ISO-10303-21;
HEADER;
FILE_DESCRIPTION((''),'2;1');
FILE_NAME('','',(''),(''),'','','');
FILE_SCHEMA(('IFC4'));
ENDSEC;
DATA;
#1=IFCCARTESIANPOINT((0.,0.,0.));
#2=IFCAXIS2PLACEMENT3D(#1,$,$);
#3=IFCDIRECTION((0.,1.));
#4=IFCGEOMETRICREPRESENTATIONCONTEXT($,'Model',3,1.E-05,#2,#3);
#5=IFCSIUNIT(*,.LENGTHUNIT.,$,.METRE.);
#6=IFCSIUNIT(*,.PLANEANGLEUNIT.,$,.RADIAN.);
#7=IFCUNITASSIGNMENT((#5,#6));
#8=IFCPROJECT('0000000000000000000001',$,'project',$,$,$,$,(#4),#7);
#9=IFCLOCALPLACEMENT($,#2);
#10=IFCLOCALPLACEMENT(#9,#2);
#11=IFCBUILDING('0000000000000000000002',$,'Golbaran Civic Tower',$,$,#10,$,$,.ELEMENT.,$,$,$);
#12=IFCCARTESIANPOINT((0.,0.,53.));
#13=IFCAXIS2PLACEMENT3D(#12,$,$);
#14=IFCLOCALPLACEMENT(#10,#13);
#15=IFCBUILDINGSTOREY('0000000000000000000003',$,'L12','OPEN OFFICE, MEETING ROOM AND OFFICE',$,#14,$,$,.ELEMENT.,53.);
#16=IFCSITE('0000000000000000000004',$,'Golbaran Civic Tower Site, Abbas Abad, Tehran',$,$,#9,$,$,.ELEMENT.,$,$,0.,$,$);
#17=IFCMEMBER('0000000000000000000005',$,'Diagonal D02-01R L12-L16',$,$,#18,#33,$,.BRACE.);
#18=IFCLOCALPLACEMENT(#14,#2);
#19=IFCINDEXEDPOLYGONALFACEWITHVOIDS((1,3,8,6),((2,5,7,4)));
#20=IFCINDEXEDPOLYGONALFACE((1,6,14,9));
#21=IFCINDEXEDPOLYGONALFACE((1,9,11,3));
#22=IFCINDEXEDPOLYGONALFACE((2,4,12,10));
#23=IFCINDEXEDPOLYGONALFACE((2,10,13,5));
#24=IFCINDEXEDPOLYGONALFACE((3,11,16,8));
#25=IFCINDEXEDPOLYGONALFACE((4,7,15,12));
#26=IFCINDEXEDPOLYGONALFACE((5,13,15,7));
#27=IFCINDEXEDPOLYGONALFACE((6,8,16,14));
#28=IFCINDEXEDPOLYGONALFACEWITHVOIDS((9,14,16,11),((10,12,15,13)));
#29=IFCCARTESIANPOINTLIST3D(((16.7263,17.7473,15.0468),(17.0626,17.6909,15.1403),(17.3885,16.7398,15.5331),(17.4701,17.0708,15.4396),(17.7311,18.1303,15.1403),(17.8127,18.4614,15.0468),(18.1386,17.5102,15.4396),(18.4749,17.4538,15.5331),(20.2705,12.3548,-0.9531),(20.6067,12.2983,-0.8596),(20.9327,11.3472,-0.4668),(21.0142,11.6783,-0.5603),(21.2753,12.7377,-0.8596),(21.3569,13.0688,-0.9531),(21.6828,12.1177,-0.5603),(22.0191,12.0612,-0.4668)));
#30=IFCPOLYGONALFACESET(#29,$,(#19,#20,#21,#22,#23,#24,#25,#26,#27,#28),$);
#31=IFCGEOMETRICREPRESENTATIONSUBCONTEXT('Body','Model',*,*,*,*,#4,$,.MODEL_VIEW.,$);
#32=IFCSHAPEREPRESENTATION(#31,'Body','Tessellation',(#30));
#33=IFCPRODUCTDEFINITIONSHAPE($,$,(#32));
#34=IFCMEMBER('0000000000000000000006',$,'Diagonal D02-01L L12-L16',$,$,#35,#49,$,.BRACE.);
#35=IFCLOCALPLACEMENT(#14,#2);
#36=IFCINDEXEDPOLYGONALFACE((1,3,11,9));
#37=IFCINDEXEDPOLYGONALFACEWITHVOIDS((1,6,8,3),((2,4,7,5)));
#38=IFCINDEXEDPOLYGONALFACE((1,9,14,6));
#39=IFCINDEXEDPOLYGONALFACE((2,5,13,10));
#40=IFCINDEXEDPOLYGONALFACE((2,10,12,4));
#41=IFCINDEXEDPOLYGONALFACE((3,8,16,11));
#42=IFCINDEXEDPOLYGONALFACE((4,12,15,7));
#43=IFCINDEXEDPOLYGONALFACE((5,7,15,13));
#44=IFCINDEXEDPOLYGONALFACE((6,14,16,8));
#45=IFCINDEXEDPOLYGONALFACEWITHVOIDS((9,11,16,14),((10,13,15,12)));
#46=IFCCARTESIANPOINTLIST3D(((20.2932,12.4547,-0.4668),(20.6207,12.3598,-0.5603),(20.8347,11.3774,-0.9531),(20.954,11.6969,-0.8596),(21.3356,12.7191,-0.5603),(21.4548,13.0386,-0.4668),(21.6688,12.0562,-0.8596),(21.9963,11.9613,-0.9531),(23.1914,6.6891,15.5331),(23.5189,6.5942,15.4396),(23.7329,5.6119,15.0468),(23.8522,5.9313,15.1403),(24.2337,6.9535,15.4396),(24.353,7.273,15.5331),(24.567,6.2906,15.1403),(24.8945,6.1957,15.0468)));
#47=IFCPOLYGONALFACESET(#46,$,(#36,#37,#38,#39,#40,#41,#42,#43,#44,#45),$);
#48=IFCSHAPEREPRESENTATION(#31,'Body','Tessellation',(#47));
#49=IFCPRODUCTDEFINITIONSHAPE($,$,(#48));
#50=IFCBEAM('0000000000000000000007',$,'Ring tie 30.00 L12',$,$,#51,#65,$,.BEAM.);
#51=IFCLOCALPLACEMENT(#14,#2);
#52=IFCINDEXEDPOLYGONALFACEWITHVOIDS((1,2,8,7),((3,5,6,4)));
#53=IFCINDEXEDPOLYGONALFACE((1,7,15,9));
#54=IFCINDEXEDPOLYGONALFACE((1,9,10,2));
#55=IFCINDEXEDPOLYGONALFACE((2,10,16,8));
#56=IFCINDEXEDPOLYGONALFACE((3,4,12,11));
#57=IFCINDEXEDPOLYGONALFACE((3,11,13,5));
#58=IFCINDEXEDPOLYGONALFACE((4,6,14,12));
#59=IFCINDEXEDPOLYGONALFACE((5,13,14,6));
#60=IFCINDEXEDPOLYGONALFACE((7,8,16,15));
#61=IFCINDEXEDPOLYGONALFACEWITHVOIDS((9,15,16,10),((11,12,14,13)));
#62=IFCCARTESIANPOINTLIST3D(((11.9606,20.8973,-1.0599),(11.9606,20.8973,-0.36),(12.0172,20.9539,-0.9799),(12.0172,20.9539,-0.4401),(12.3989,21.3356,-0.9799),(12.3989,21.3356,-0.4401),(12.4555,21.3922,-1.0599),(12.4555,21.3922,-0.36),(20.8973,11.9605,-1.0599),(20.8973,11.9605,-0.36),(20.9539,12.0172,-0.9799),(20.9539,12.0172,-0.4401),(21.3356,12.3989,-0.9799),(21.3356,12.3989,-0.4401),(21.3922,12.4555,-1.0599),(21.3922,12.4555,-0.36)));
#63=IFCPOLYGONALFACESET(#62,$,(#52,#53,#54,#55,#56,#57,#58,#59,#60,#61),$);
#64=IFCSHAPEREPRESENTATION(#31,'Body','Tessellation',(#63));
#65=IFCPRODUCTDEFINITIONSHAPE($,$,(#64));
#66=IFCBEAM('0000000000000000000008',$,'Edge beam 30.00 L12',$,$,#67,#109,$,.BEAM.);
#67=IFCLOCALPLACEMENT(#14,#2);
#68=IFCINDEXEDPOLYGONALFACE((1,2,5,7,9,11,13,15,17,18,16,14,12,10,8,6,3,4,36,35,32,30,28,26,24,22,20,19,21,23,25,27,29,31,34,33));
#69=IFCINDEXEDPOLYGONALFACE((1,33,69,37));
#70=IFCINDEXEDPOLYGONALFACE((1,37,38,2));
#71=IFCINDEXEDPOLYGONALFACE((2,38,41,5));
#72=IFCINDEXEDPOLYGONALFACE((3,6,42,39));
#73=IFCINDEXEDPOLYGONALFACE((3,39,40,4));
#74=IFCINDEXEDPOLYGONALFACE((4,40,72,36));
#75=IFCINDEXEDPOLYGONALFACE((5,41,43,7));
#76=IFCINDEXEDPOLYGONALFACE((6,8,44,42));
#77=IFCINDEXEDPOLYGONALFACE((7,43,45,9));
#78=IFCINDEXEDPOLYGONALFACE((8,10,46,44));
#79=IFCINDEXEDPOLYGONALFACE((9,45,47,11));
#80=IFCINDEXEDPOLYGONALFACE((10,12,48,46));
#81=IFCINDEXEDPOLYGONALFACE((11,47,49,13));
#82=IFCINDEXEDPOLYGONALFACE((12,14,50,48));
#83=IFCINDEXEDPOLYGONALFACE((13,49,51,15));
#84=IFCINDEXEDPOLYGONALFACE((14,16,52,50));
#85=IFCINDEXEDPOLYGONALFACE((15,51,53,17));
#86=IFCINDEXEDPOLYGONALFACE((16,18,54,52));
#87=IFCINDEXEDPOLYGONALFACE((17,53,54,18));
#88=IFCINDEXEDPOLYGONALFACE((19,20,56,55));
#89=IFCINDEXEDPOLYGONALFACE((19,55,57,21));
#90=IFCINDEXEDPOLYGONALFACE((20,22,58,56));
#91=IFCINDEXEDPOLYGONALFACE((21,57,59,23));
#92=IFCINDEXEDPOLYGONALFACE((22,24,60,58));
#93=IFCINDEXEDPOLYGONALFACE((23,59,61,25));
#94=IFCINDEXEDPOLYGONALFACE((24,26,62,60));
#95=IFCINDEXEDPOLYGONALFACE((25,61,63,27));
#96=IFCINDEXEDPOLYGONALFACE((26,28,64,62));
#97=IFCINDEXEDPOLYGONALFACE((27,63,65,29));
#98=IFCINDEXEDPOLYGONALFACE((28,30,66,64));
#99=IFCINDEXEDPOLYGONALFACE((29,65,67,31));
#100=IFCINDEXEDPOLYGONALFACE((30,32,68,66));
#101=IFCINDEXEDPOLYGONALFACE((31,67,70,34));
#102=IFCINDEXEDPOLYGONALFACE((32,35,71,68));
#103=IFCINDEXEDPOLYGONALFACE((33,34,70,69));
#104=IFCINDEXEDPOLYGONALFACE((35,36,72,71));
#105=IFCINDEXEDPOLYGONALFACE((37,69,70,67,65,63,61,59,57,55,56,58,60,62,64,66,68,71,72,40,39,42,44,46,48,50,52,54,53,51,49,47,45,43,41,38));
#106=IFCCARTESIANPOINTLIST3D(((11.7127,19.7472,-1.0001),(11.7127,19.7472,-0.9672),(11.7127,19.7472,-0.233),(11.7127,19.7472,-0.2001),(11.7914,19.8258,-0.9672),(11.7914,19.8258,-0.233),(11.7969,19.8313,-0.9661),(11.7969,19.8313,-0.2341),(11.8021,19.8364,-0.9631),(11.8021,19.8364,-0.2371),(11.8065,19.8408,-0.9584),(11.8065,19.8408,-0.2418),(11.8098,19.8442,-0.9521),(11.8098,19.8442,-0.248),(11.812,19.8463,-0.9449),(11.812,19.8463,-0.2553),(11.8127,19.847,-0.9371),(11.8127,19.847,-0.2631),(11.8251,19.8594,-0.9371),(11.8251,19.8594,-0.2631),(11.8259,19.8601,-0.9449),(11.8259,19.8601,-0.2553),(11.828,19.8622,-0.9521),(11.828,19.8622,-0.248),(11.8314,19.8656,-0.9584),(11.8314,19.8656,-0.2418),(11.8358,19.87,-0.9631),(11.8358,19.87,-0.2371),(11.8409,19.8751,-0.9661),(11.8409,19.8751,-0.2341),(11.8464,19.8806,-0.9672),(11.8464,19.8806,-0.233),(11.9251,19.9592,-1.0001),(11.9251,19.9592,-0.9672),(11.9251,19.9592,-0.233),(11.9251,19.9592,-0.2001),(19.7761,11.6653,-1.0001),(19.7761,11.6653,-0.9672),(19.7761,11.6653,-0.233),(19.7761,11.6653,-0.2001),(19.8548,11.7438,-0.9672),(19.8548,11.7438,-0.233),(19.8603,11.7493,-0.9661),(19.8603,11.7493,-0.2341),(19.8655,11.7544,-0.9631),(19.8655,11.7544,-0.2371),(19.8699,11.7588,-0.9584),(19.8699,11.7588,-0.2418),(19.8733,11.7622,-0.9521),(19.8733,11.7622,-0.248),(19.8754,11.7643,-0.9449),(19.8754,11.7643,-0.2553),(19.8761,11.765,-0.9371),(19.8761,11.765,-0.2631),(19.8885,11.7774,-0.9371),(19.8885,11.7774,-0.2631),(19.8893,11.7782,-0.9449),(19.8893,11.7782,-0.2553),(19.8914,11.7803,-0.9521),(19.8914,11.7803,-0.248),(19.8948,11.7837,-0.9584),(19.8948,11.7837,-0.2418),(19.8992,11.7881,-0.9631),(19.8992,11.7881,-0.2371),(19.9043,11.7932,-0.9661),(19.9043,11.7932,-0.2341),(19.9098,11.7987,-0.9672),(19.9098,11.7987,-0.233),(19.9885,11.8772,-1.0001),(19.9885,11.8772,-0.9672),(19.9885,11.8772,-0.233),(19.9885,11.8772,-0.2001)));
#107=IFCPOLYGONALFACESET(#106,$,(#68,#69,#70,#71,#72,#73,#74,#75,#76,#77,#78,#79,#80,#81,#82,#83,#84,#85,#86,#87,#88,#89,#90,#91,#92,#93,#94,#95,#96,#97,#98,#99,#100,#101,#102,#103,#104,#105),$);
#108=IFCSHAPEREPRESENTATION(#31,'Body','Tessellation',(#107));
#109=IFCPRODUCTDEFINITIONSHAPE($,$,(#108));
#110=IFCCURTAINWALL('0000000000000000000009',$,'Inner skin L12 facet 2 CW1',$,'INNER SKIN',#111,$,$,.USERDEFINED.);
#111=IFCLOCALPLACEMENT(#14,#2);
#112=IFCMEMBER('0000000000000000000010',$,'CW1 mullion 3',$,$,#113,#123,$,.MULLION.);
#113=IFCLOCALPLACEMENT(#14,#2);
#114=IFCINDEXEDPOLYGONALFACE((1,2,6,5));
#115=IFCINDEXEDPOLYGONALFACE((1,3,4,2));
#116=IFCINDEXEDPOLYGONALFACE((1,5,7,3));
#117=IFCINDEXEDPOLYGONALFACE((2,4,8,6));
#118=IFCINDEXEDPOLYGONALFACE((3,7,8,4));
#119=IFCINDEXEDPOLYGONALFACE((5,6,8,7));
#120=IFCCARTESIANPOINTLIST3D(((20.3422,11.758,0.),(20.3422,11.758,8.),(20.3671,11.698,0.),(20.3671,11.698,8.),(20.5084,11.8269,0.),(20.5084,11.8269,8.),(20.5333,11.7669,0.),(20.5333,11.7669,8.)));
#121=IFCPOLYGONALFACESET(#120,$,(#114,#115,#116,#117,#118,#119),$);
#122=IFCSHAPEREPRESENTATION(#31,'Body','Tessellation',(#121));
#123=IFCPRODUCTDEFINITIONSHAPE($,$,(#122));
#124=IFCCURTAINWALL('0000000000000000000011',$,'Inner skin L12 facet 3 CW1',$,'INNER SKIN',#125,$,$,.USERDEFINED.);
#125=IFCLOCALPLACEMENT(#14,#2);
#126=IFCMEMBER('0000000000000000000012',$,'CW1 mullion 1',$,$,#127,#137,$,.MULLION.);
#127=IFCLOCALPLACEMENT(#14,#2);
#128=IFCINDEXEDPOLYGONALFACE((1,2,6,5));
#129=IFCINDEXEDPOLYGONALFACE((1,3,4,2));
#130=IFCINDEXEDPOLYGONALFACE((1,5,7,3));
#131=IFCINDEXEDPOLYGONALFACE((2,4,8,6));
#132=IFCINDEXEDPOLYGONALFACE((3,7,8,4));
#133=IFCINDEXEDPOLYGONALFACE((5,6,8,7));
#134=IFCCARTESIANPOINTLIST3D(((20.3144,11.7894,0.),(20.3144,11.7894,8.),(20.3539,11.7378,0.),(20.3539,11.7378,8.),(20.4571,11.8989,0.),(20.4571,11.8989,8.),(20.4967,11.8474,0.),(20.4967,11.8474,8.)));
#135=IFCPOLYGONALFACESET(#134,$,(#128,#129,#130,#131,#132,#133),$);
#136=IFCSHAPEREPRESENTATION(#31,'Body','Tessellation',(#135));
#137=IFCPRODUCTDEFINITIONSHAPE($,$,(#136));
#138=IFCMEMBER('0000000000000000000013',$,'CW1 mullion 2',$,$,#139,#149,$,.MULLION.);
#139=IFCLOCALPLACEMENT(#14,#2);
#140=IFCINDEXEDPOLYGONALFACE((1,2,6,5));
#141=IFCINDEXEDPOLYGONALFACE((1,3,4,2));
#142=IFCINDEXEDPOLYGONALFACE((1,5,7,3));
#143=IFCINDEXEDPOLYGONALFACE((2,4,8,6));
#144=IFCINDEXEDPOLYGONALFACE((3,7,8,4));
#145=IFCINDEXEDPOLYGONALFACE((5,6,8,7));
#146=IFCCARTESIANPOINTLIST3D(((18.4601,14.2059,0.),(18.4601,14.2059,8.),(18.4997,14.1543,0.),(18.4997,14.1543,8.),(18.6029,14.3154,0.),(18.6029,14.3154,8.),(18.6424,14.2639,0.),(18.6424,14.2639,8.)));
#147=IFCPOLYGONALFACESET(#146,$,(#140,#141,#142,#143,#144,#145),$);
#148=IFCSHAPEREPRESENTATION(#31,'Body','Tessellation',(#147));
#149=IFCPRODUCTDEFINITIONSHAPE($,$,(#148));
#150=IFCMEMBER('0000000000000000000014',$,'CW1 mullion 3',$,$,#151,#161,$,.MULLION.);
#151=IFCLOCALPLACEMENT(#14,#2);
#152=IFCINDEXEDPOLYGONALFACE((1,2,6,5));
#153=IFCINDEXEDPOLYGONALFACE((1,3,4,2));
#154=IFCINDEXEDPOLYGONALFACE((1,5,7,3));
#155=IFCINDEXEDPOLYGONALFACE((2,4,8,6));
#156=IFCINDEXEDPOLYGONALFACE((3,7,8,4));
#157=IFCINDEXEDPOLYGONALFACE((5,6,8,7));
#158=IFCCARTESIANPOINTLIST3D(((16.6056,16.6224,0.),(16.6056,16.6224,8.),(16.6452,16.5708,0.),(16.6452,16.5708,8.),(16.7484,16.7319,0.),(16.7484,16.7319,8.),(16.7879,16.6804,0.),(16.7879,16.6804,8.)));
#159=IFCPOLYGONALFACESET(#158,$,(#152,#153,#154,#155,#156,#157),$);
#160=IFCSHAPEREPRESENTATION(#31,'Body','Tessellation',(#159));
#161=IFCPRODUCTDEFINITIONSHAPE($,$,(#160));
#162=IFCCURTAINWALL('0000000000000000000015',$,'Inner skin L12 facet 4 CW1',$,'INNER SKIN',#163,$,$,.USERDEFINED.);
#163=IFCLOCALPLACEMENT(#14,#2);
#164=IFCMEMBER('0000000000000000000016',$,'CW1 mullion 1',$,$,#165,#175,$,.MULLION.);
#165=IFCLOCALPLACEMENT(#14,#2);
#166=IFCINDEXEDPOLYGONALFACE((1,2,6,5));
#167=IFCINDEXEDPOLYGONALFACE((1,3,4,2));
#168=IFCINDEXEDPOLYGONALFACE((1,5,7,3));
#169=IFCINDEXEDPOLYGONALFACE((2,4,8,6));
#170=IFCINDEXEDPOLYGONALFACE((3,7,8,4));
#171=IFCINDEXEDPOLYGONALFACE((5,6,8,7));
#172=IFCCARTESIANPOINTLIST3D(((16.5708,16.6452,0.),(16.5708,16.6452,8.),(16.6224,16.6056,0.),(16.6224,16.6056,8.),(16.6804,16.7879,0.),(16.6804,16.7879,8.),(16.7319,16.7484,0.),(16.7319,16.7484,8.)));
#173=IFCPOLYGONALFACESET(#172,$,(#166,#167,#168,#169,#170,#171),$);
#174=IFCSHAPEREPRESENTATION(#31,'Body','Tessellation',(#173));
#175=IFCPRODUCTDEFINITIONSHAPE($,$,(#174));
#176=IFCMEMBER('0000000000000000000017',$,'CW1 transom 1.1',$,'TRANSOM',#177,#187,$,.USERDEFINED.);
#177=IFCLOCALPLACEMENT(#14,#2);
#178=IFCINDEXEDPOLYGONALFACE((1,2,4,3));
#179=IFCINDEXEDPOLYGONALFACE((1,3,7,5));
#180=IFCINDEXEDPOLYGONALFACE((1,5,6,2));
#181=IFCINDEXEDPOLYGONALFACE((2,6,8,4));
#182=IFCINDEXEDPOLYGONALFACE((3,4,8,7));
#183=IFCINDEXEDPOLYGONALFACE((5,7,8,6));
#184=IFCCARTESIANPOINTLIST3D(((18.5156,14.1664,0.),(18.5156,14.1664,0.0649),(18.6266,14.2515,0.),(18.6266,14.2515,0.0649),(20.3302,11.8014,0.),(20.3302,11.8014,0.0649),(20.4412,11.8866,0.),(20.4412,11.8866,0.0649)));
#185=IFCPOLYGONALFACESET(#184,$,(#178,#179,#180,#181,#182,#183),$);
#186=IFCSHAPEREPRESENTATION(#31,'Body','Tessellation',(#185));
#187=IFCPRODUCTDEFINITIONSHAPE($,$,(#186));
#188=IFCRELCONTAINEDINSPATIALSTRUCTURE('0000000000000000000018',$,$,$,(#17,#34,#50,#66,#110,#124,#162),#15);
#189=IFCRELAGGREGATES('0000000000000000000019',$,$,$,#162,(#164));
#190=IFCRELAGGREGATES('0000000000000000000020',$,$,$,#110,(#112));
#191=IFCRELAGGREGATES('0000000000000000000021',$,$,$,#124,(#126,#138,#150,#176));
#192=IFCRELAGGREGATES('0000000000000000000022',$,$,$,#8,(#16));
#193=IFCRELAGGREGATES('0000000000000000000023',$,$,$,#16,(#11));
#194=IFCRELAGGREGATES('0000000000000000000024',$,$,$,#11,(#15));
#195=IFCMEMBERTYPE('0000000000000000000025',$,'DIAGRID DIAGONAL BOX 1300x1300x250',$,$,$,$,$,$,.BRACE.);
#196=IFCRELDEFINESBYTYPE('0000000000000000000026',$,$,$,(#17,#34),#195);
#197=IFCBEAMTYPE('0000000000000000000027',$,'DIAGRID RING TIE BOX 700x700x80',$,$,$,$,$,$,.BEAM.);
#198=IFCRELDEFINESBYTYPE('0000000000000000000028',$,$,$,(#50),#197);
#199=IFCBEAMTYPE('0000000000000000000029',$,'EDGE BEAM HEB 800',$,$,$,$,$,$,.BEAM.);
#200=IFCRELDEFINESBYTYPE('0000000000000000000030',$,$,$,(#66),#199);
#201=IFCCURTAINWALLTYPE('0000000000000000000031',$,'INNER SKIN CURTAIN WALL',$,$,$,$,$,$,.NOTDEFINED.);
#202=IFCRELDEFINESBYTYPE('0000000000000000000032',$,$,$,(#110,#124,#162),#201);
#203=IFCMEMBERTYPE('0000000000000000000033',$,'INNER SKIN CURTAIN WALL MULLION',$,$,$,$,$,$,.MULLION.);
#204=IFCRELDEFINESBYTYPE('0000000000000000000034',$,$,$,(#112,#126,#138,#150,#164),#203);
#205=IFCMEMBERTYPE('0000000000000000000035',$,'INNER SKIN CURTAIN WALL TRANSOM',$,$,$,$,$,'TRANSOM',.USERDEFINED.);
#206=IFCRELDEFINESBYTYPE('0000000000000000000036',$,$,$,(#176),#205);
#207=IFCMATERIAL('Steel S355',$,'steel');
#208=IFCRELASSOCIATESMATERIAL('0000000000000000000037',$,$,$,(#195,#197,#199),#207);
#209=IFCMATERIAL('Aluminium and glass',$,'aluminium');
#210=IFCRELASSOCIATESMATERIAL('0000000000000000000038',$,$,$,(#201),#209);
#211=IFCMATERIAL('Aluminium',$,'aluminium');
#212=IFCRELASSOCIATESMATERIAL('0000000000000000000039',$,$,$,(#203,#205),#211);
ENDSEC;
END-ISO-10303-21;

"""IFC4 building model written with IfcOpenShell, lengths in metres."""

from ifc_helpers import new_model, si_unit, direction, frame, origin, origin_2d, place, context, subcontext, project, spatial, rectangle, hollow_rectangle, i_section, extrude, material, material_profile, profile_set, type_object, element, aggregate, save


model = new_model("IFC4")

# Units and contexts
model_context = context("Model", 3, precision=1e-05, world=origin(), true_north=direction((0.0, 1.0)))
body_context = subcontext(model_context, "Body", "Model", "MODEL_VIEW")
ifc_project = project(units=[si_unit("LENGTHUNIT", "METRE"), si_unit("PLANEANGLEUNIT", "RADIAN")], contexts=[model_context])

# Site, building, storey
site_placement = place(None, origin())
site = spatial("IfcSite", under=ifc_project, at=site_placement, Name="Golbaran Civic Tower Site, Abbas Abad, Tehran", CompositionType="ELEMENT", RefElevation=0.0)
building_placement = place(site_placement, origin())
building = spatial("IfcBuilding", under=site, at=building_placement, Name="Golbaran Civic Tower", CompositionType="ELEMENT")
storey_placement = place(building_placement, frame((0.0, 0.0, 53.0)))
storey = spatial("IfcBuildingStorey", under=building, at=storey_placement, Name="L12", Description="OPEN OFFICE, MEETING ROOM AND OFFICE", CompositionType="ELEMENT", Elevation=53.0)

# Members
ifc_material_1 = material(Name="Steel S355", Category="steel")
ifc_material_profile_1 = material_profile(ifc_material_1, hollow_rectangle(XDim=1.3, YDim=1.3, WallThickness=0.25, at=origin_2d()), Name="BOX 1300x1300x250")
ifc_profile_set_1 = profile_set([ifc_material_profile_1], Name="Steel S355")
member_type_1 = type_object("IfcMemberType", Name="DIAGRID DIAGONAL BOX 1300x1300x250", PredefinedType="BRACE", material=ifc_profile_set_1)
for number, where, z_axis, x_axis, name in (
    (1, (21.1448, 12.208, -0.71), (-0.205433, 0.312572, 0.927414), (-0.83567, -0.549231, 0.0), "Diagonal D02-01R L12-L16"),
    (2, (21.1448, 12.208, -0.71), (0.167989, -0.334195, 0.927412), (0.893472, 0.449119, 0.0), "Diagonal D02-01L L12-L16"),
):
    element("IfcMember", number, at=place(storey_placement, frame(where, z_axis=z_axis, x_axis=x_axis)), inside=storey, type_object=member_type_1, Name=name, PredefinedType="BRACE", context=body_context, shape_type="SweptSolid", body=[
        extrude(hollow_rectangle(XDim=1.3, YDim=1.3, WallThickness=0.25, at=origin_2d()), origin(), (0.0, 0.0, 1.0), 17.2522),
    ])

# Beams
ifc_material_profile_2 = material_profile(ifc_material_1, hollow_rectangle(XDim=0.7, YDim=0.7, WallThickness=0.0801, at=origin_2d()), Name="BOX 700x700x80")
ifc_profile_set_2 = profile_set([ifc_material_profile_2], Name="Steel S355")
beam_type_1 = type_object("IfcBeamType", Name="DIAGRID RING TIE BOX 700x700x80", PredefinedType="BEAM", material=ifc_profile_set_2)
beam_1_placement = place(storey_placement, frame((21.1448, 12.208, -0.71), z_axis=(-0.707107, 0.707107, 0.0), x_axis=(-0.707107, -0.707107, 0.0)))
element("IfcBeam", 3, at=beam_1_placement, inside=storey, type_object=beam_type_1, Name="Ring tie 30.00 L12", PredefinedType="BEAM", context=body_context, shape_type="SweptSolid", body=[
    extrude(hollow_rectangle(XDim=0.7, YDim=0.7, WallThickness=0.0801, at=origin_2d()), origin(), (0.0, 0.0, 1.0), 12.6384),
])
ifc_material_profile_3 = material_profile(ifc_material_1, i_section(OverallWidth=0.3, OverallDepth=0.8, WebThickness=0.0176, FlangeThickness=0.033, FilletRadius=0.03, at=origin_2d()), Name="HEB 800")
ifc_profile_set_3 = profile_set([ifc_material_profile_3], Name="Steel S355")
beam_type_2 = type_object("IfcBeamType", Name="EDGE BEAM HEB 800", PredefinedType="BEAM", material=ifc_profile_set_3)
beam_2_placement = place(storey_placement, frame((19.8823, 11.7712, -0.6001), z_axis=(-0.706294, 0.707919, 0.0), x_axis=(-0.707919, -0.706294, 0.0)))
element("IfcBeam", 4, at=beam_2_placement, inside=storey, type_object=beam_type_2, Name="Edge beam 30.00 L12", PredefinedType="BEAM", context=body_context, shape_type="SweptSolid", body=[
    extrude(i_section(OverallWidth=0.3, OverallDepth=0.8, WebThickness=0.0176, FlangeThickness=0.033, FilletRadius=0.03, at=origin_2d()), origin(), (0.0, 0.0, 1.0), 11.4165),
])

# Curtain wall, member
ifc_material_2 = material(Name="Aluminium and glass", Category="aluminium")
curtain_wall_type_1 = type_object("IfcCurtainWallType", Name="INNER SKIN CURTAIN WALL", PredefinedType="NOTDEFINED", material=ifc_material_2)
curtain_wall_1_placement = place(storey_placement, origin())
curtain_wall_1 = element("IfcCurtainWall", 5, at=curtain_wall_1_placement, inside=storey, type_object=curtain_wall_type_1, Name="Inner skin L12 facet 2 CW1", ObjectType="INNER SKIN", PredefinedType="USERDEFINED")
ifc_material_3 = material(Name="Aluminium", Category="aluminium")
ifc_material_profile_4 = material_profile(ifc_material_3, rectangle(XDim=0.1799, YDim=0.0649, at=origin_2d()), Name="INNER SKIN CURTAIN WALL MULLION")
ifc_profile_set_4 = profile_set([ifc_material_profile_4], Name="Aluminium")
member_type_2 = type_object("IfcMemberType", Name="INNER SKIN CURTAIN WALL MULLION", PredefinedType="MULLION", material=ifc_profile_set_4)
member_1_placement = place(storey_placement, frame((20.4377, 11.7625, 0.0), z_axis=(0.0, 0.0, 1.0), x_axis=(-0.92388, -0.382683, 0.0)))
member_1 = element("IfcMember", 6, at=member_1_placement, type_object=member_type_2, Name="CW1 mullion 3", PredefinedType="MULLION", context=body_context, shape_type="SweptSolid", body=[
    extrude(rectangle(XDim=0.1799, YDim=0.0649, at=origin_2d()), origin(), (0.0, 0.0, 1.0), 8.0),
])

# Curtain wall, members
curtain_wall_2_placement = place(storey_placement, origin())
curtain_wall_2 = element("IfcCurtainWall", 7, at=curtain_wall_2_placement, inside=storey, type_object=curtain_wall_type_1, Name="Inner skin L12 facet 3 CW1", ObjectType="INNER SKIN", PredefinedType="USERDEFINED")
member_2_placement = place(storey_placement, frame((20.4055, 11.8184, 0.0), z_axis=(0.0, 0.0, 1.0), x_axis=(-0.793353, -0.608761, 0.0)))
member_2 = element("IfcMember", 8, at=member_2_placement, type_object=member_type_2, Name="CW1 mullion 1", PredefinedType="MULLION", context=body_context, shape_type="SweptSolid", body=[
    extrude(rectangle(XDim=0.1799, YDim=0.0649, at=origin_2d()), origin(), (0.0, 0.0, 1.0), 8.0),
])
member_3_placement = place(storey_placement, frame((18.5513, 14.2349, 0.0), z_axis=(0.0, 0.0, 1.0), x_axis=(-0.793353, -0.608761, 0.0)))
member_3 = element("IfcMember", 9, at=member_3_placement, type_object=member_type_2, Name="CW1 mullion 2", PredefinedType="MULLION", context=body_context, shape_type="SweptSolid", body=[
    extrude(rectangle(XDim=0.1799, YDim=0.0649, at=origin_2d()), origin(), (0.0, 0.0, 1.0), 8.0),
])
member_4_placement = place(storey_placement, frame((16.6968, 16.6514, 0.0), z_axis=(0.0, 0.0, 1.0), x_axis=(-0.793353, -0.608761, 0.0)))
member_4 = element("IfcMember", 10, at=member_4_placement, type_object=member_type_2, Name="CW1 mullion 3", PredefinedType="MULLION", context=body_context, shape_type="SweptSolid", body=[
    extrude(rectangle(XDim=0.1799, YDim=0.0649, at=origin_2d()), origin(), (0.0, 0.0, 1.0), 8.0),
])

# Curtain wall, member
curtain_wall_3_placement = place(storey_placement, origin())
curtain_wall_3 = element("IfcCurtainWall", 11, at=curtain_wall_3_placement, inside=storey, type_object=curtain_wall_type_1, Name="Inner skin L12 facet 4 CW1", ObjectType="INNER SKIN", PredefinedType="USERDEFINED")
member_5_placement = place(storey_placement, frame((16.6514, 16.6968, 0.0), z_axis=(0.0, 0.0, 1.0), x_axis=(-0.608761, -0.793353, 0.0)))
member_5 = element("IfcMember", 12, at=member_5_placement, type_object=member_type_2, Name="CW1 mullion 1", PredefinedType="MULLION", context=body_context, shape_type="SweptSolid", body=[
    extrude(rectangle(XDim=0.1799, YDim=0.0649, at=origin_2d()), origin(), (0.0, 0.0, 1.0), 8.0),
])

# Member
ifc_material_profile_5 = material_profile(ifc_material_3, rectangle(XDim=0.1399, YDim=0.0649, at=origin_2d()), Name="INNER SKIN CURTAIN WALL TRANSOM")
ifc_profile_set_5 = profile_set([ifc_material_profile_5], Name="Aluminium")
member_type_3 = type_object("IfcMemberType", Name="INNER SKIN CURTAIN WALL TRANSOM", ElementType="TRANSOM", PredefinedType="USERDEFINED", material=ifc_profile_set_5)
member_6_placement = place(storey_placement, frame((20.3857, 11.844, 0.0325), z_axis=(-0.608756, 0.793357, 0.0), x_axis=(-0.793357, -0.608756, 0.0)))
member_6 = element("IfcMember", 13, at=member_6_placement, type_object=member_type_3, Name="CW1 transom 1.1", ObjectType="TRANSOM", PredefinedType="USERDEFINED", context=body_context, shape_type="SweptSolid", body=[
    extrude(rectangle(XDim=0.1399, YDim=0.0649, at=origin_2d()), origin(), (0.0, 0.0, 1.0), 2.981),
])

aggregate(curtain_wall_3, [member_5])
aggregate(curtain_wall_1, [member_1])
aggregate(curtain_wall_2, [member_2, member_3, member_4, member_6])

save(model, "model.ifc")
